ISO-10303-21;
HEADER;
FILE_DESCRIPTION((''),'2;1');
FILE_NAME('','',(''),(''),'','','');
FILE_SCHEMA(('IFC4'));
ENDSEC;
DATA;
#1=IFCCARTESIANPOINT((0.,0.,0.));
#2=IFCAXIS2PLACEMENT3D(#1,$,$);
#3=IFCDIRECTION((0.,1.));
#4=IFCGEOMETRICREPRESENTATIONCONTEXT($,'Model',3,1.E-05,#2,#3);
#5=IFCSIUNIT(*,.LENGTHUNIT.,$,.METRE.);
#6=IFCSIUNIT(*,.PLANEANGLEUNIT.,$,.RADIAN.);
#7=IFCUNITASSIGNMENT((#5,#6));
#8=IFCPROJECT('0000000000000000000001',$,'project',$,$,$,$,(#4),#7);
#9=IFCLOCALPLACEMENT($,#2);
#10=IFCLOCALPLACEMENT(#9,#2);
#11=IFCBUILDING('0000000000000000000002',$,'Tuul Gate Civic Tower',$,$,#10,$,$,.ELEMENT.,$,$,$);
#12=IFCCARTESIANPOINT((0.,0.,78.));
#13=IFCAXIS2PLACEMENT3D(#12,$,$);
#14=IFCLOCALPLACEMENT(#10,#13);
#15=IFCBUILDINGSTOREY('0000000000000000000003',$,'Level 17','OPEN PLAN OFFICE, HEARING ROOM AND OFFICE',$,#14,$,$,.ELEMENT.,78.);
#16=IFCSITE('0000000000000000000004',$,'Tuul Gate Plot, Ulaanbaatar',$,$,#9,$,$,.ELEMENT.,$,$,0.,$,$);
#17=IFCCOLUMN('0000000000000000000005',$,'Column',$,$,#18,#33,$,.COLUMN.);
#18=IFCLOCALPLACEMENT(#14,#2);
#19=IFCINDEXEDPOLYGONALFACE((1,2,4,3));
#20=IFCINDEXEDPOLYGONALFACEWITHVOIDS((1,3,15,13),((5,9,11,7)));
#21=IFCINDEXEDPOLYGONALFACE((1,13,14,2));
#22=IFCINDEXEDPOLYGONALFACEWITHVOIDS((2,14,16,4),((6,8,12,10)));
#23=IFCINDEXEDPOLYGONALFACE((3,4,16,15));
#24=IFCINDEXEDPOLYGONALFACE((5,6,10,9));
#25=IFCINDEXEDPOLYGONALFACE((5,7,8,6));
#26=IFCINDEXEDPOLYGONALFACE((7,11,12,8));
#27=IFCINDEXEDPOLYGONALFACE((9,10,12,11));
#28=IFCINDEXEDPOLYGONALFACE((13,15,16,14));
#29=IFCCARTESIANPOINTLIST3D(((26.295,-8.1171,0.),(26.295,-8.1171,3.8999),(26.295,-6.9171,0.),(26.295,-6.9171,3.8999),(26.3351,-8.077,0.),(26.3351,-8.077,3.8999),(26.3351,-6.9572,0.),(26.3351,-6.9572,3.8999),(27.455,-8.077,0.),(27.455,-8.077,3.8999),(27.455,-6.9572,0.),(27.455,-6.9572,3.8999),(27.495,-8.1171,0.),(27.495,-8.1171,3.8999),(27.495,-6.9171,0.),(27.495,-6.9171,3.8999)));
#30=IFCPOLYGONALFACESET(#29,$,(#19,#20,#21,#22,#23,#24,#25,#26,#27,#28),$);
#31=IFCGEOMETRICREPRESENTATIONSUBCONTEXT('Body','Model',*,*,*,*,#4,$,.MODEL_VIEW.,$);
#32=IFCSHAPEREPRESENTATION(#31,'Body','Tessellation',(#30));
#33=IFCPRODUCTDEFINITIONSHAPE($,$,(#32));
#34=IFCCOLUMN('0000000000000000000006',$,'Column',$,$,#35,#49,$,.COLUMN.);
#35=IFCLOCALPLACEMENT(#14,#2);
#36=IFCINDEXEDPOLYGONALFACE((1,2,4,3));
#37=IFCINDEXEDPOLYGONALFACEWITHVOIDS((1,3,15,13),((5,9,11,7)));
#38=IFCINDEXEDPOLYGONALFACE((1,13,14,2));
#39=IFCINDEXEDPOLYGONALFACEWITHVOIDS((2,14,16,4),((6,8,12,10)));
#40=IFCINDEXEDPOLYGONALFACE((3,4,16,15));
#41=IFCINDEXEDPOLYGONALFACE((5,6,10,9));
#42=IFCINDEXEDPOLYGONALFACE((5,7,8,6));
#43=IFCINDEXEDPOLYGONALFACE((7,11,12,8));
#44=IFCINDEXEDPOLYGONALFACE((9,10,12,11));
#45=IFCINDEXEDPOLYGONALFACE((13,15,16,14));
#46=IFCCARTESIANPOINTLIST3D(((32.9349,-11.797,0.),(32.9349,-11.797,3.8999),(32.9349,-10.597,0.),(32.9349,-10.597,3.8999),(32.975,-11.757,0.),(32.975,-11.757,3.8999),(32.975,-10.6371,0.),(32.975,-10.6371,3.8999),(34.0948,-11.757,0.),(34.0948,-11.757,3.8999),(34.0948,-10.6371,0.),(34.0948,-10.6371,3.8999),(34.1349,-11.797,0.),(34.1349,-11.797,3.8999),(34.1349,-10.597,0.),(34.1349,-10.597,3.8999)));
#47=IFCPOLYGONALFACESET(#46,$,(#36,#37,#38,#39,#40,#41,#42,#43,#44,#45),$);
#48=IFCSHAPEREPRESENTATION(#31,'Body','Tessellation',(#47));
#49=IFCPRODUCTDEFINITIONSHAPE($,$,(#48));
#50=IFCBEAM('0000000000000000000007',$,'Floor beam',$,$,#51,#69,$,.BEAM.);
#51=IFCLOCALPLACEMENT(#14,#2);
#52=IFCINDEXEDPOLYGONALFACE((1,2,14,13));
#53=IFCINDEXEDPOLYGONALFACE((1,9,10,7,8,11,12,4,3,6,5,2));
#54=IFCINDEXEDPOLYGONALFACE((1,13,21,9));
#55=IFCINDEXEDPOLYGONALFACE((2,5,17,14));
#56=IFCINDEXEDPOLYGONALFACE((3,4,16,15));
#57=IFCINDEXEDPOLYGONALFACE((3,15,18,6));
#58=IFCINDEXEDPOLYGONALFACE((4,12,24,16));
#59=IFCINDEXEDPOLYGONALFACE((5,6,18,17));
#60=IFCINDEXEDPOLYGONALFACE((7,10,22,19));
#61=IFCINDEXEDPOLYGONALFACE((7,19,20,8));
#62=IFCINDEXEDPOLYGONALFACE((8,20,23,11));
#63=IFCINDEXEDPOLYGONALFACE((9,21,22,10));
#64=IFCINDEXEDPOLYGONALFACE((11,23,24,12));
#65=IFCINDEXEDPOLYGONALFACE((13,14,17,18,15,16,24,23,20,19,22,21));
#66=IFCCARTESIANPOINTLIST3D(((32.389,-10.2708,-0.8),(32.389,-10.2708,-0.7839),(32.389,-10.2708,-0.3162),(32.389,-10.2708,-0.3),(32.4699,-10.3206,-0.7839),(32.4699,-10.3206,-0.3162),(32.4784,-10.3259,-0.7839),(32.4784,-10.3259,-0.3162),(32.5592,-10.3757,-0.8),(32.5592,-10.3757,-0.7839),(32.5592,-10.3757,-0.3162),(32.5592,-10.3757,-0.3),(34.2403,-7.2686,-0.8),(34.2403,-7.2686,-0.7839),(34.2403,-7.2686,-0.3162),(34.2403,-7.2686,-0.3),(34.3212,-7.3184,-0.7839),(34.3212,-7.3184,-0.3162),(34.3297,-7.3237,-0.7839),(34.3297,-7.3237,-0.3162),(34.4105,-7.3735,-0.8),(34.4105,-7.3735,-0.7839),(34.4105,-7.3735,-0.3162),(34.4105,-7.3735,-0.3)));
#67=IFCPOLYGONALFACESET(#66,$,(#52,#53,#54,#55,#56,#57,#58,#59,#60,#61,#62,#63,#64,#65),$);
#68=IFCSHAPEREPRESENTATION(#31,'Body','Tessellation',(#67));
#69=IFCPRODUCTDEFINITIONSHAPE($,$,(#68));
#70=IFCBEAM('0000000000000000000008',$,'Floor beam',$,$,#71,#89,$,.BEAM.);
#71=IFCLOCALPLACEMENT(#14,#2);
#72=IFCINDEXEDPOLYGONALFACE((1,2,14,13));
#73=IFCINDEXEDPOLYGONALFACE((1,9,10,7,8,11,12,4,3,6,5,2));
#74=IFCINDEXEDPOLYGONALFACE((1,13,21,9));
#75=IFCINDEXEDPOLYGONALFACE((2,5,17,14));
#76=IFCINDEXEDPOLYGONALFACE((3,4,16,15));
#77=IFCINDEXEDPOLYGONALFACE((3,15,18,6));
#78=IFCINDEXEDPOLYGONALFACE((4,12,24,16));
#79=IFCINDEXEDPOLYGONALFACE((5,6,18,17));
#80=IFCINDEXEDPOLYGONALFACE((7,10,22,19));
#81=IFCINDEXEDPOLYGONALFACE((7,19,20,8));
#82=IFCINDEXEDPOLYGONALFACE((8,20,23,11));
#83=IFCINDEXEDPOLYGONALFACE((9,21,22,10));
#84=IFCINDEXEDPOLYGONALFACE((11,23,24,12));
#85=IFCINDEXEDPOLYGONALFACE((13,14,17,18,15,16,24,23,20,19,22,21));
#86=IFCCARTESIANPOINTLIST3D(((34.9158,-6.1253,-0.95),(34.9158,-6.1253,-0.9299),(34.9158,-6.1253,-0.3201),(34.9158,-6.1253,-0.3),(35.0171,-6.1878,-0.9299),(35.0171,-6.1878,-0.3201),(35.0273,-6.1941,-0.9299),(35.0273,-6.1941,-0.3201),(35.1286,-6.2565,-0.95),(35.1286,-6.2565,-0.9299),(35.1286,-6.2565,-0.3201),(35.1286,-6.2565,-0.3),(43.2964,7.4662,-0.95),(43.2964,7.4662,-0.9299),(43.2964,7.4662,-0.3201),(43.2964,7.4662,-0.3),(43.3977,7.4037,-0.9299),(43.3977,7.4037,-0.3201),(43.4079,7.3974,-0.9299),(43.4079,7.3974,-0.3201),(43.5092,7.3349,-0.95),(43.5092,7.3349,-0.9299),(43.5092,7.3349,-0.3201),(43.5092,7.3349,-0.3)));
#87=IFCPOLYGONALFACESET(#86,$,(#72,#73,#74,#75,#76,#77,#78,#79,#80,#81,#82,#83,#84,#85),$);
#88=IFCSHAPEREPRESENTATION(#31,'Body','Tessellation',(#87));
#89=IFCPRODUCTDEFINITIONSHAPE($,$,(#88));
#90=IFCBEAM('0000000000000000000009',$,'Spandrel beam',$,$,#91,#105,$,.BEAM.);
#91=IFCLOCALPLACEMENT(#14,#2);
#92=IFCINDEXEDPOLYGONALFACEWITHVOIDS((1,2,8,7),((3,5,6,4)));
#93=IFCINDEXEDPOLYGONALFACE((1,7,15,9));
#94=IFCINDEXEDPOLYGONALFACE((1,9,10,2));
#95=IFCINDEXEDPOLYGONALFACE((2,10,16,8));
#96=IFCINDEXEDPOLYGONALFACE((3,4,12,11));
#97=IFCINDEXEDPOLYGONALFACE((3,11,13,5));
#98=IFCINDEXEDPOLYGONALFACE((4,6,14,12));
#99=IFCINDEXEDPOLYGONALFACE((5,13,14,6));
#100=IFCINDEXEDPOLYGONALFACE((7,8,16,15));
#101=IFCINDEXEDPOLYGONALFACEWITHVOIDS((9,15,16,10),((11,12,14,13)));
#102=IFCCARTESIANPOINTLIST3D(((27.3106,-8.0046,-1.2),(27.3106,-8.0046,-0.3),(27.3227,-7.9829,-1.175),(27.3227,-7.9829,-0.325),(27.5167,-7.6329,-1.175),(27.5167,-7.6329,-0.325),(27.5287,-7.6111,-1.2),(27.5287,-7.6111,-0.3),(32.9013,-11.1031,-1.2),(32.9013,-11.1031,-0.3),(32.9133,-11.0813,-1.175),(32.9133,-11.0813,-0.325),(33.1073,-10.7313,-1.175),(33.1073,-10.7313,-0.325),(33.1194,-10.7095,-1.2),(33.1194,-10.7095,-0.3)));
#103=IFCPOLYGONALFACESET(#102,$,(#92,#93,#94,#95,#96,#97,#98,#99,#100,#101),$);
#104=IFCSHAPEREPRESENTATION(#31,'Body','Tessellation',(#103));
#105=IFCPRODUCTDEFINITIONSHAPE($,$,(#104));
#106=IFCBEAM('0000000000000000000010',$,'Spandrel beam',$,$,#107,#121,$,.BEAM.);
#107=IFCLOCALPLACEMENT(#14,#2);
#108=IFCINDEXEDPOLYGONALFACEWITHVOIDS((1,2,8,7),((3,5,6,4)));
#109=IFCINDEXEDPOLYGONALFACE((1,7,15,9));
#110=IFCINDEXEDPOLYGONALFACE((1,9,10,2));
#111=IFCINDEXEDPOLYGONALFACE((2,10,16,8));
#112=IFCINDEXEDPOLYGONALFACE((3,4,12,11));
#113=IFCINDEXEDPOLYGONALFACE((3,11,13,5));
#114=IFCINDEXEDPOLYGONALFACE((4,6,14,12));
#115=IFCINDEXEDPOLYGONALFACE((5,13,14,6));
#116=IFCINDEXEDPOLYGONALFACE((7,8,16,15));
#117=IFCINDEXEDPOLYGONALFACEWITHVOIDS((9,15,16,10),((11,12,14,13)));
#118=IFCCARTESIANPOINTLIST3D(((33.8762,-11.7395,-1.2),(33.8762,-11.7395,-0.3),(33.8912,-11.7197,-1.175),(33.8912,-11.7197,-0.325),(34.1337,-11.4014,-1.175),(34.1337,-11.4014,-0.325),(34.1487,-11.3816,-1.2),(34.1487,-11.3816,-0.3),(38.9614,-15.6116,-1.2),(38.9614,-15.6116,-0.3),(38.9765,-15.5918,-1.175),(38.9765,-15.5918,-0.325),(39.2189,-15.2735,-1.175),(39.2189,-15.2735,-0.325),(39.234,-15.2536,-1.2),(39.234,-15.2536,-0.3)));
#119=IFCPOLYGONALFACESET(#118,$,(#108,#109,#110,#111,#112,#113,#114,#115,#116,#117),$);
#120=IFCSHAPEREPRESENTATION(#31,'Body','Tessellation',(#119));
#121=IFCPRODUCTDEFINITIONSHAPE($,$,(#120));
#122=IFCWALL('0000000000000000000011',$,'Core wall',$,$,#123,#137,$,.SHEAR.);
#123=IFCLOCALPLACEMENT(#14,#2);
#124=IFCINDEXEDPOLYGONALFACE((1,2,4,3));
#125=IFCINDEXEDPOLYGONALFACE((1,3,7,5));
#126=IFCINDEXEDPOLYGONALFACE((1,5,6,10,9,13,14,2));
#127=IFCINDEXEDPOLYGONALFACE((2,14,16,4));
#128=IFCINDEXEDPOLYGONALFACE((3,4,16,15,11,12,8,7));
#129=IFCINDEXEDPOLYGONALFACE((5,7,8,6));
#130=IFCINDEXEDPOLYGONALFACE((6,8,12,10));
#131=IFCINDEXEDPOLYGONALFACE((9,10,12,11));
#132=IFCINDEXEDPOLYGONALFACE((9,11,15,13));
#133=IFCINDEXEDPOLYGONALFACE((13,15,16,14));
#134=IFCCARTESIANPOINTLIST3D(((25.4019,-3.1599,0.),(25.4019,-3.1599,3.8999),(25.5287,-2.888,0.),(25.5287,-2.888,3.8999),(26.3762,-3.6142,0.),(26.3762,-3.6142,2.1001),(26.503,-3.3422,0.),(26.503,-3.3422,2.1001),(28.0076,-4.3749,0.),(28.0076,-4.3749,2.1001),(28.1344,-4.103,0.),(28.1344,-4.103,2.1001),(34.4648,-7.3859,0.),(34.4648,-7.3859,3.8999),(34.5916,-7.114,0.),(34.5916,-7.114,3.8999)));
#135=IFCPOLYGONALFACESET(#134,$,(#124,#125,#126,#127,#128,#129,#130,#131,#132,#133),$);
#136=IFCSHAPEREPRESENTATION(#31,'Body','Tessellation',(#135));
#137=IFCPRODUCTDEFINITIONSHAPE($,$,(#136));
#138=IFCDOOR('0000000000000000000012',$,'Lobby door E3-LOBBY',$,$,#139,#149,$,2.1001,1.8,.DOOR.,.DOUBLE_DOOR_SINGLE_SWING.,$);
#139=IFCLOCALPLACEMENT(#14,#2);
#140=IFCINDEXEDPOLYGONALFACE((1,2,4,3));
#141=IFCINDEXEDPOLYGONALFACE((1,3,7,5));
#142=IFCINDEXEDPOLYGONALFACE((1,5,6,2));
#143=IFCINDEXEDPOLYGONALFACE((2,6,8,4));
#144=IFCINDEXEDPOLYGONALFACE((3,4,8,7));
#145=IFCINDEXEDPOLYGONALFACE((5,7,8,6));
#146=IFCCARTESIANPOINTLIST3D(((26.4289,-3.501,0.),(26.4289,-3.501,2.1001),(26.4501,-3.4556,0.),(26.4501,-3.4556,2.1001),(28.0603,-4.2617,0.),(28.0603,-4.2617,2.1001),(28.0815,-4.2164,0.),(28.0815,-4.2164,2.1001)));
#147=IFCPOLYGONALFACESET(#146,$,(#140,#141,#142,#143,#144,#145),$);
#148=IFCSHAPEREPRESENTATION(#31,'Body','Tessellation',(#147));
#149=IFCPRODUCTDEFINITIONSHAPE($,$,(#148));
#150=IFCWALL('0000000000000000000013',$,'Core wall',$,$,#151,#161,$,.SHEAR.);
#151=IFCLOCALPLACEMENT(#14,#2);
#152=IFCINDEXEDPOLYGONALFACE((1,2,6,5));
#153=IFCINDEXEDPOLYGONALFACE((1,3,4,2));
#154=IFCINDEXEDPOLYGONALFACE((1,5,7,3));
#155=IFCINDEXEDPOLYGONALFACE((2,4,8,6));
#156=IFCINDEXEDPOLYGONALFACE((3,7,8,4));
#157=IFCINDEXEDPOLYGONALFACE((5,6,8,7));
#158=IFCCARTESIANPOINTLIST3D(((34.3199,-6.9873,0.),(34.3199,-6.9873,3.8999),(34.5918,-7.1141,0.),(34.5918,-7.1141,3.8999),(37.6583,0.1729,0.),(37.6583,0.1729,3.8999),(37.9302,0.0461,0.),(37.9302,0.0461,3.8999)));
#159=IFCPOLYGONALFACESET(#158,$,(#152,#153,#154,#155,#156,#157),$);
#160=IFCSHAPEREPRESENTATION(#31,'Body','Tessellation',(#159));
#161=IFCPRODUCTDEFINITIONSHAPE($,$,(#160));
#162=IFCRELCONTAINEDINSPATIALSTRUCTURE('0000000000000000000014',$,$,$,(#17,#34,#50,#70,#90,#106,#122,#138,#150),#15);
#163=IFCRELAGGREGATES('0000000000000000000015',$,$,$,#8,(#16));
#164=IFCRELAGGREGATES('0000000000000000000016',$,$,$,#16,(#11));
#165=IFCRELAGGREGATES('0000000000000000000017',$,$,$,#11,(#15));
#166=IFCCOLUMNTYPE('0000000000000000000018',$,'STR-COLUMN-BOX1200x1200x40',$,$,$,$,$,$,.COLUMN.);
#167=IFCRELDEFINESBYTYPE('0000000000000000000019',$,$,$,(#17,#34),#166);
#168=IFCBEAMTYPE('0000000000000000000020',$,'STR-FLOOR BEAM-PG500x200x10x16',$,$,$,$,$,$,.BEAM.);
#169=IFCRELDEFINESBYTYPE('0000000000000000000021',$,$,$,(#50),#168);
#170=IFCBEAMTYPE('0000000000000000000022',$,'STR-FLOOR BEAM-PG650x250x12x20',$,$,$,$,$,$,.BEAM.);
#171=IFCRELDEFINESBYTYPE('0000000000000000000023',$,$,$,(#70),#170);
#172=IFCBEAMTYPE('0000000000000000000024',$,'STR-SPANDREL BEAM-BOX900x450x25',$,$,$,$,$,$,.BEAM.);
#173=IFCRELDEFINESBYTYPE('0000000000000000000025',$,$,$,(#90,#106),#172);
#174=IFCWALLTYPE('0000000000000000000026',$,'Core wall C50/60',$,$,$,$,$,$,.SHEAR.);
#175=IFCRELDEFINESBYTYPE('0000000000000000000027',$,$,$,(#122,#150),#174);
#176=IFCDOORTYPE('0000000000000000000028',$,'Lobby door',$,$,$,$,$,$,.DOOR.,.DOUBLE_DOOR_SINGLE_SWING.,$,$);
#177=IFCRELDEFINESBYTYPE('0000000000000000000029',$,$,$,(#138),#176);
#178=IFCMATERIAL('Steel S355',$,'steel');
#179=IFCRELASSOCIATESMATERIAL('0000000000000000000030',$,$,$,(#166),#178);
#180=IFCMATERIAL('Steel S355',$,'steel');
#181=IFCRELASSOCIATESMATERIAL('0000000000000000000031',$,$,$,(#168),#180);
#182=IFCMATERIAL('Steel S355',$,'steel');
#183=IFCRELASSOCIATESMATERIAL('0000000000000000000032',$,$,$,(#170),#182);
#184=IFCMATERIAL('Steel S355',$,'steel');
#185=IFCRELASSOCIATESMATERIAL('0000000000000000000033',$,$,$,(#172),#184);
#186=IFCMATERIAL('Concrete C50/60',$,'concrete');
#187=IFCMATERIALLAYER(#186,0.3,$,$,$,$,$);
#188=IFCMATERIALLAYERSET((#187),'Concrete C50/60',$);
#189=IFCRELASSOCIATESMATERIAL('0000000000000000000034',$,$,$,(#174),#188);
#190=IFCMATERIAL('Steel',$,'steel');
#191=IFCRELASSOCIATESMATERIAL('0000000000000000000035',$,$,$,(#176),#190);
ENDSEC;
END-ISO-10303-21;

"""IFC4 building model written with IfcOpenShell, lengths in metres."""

from ifc_helpers import new_model, si_unit, direction, frame, frame_2d, origin, origin_2d, place, context, subcontext, project, spatial, rectangle, hollow_rectangle, i_section, extrude, material, layer, layer_set, material_profile, profile_set, type_object, element, fill, save


model = new_model("IFC4")

# Units and contexts
model_context = context("Model", 3, precision=1e-05, world=origin(), true_north=direction((0.0, 1.0)))
body_context = subcontext(model_context, "Body", "Model", "MODEL_VIEW")
ifc_project = project(units=[si_unit("LENGTHUNIT", "METRE"), si_unit("PLANEANGLEUNIT", "RADIAN")], contexts=[model_context])

# Site, building, storey
site_placement = place(None, origin())
site = spatial("IfcSite", under=ifc_project, at=site_placement, Name="Tuul Gate Plot, Ulaanbaatar", CompositionType="ELEMENT", RefElevation=0.0)
building_placement = place(site_placement, origin())
building = spatial("IfcBuilding", under=site, at=building_placement, Name="Tuul Gate Civic Tower", CompositionType="ELEMENT")
storey_placement = place(building_placement, frame((0.0, 0.0, 78.0)))
storey = spatial("IfcBuildingStorey", under=building, at=storey_placement, Name="Level 17", Description="OPEN PLAN OFFICE, HEARING ROOM AND OFFICE", CompositionType="ELEMENT", Elevation=78.0)

# Columns
ifc_material_1 = material(Name="Steel S355", Category="steel")
ifc_material_profile_1 = material_profile(ifc_material_1, hollow_rectangle(XDim=1.2, YDim=1.2, WallThickness=0.04, at=origin_2d()), Name="BOX1200x1200x40")
ifc_profile_set_1 = profile_set([ifc_material_profile_1], Name="Steel S355")
column_type = type_object("IfcColumnType", Name="STR-COLUMN-BOX1200x1200x40", PredefinedType="COLUMN", material=ifc_profile_set_1)
for number, where, z_axis, x_axis, name in (
    (1, (26.895, -7.5171, 0.0), (0.0, 0.0, 1.0), (1.0, 0.0, 0.0), "Column"),
    (2, (33.5349, -11.197, 0.0), (0.0, 0.0, 1.0), (1.0, 0.0, 0.0), "Column"),
):
    element("IfcColumn", number, at=place(storey_placement, frame(where, z_axis=z_axis, x_axis=x_axis)), inside=storey, type_object=column_type, Name=name, PredefinedType="COLUMN", context=body_context, shape_type="SweptSolid", body=[
        extrude(hollow_rectangle(XDim=1.2, YDim=1.2, WallThickness=0.04, at=origin_2d()), origin(), (0.0, 0.0, 1.0), 3.8999),
    ])

# Beams
ifc_material_2 = material(Name="Steel S355", Category="steel")
ifc_material_profile_2 = material_profile(ifc_material_2, i_section(OverallWidth=0.2, OverallDepth=0.5, WebThickness=0.01, FlangeThickness=0.0161, at=origin_2d()), Name="PG500x200x10x16")
ifc_profile_set_2 = profile_set([ifc_material_profile_2], Name="Steel S355")
beam_type_1 = type_object("IfcBeamType", Name="STR-FLOOR BEAM-PG500x200x10x16", PredefinedType="BEAM", material=ifc_profile_set_2)
beam_1_placement = place(storey_placement, frame((32.4741, -10.3232, -0.55), z_axis=(0.524881, 0.851176, 0.0), x_axis=(-0.851176, 0.524881, 0.0)))
element("IfcBeam", 3, at=beam_1_placement, inside=storey, type_object=beam_type_1, Name="Floor beam", PredefinedType="BEAM", context=body_context, shape_type="SweptSolid", body=[
    extrude(i_section(OverallWidth=0.2, OverallDepth=0.5, WebThickness=0.01, FlangeThickness=0.0161, at=origin_2d()), origin(), (0.0, 0.0, 1.0), 3.5271),
])
ifc_material_3 = material(Name="Steel S355", Category="steel")
ifc_material_profile_3 = material_profile(ifc_material_3, i_section(OverallWidth=0.25, OverallDepth=0.6499, WebThickness=0.012, FlangeThickness=0.02, at=origin_2d()), Name="PG650x250x12x20")
ifc_profile_set_3 = profile_set([ifc_material_profile_3], Name="Steel S355")
beam_type_2 = type_object("IfcBeamType", Name="STR-FLOOR BEAM-PG650x250x12x20", PredefinedType="BEAM", material=ifc_profile_set_3)
beam_2_placement = place(storey_placement, frame((35.0222, -6.1909, -0.625), z_axis=(0.52485, 0.851194, 0.0), x_axis=(-0.851194, 0.52485, 0.0)))
element("IfcBeam", 4, at=beam_2_placement, inside=storey, type_object=beam_type_2, Name="Floor beam", PredefinedType="BEAM", context=body_context, shape_type="SweptSolid", body=[
    extrude(i_section(OverallWidth=0.25, OverallDepth=0.6499, WebThickness=0.012, FlangeThickness=0.02, at=origin_2d()), origin(), (0.0, 0.0, 1.0), 15.9675),
])
ifc_material_4 = material(Name="Steel S355", Category="steel")
ifc_material_profile_4 = material_profile(ifc_material_4, hollow_rectangle(XDim=0.45, YDim=0.8999, WallThickness=0.0249, at=origin_2d()), Name="BOX900x450x25")
ifc_profile_set_4 = profile_set([ifc_material_profile_4], Name="Steel S355")
beam_type_3 = type_object("IfcBeamType", Name="STR-SPANDREL BEAM-BOX900x450x25", PredefinedType="BEAM", material=ifc_profile_set_4)
beam_3_placement = place(storey_placement, frame((27.4197, -7.8079, -0.75), z_axis=(0.874654, -0.484748, 0.0), x_axis=(0.484748, 0.874654, 0.0)))
element("IfcBeam", 5, at=beam_3_placement, inside=storey, type_object=beam_type_3, Name="Spandrel beam", PredefinedType="BEAM", context=body_context, shape_type="SweptSolid", body=[
    extrude(hollow_rectangle(XDim=0.45, YDim=0.8999, WallThickness=0.0249, at=origin_2d()), origin(), (0.0, 0.0, 1.0), 6.3918),
])
beam_4_placement = place(storey_placement, frame((34.0125, -11.5605, -0.75), z_axis=(0.795611, -0.605808, 0.0), x_axis=(0.605808, 0.795611, 0.0)))
element("IfcBeam", 6, at=beam_4_placement, inside=storey, type_object=beam_type_3, Name="Spandrel beam", PredefinedType="BEAM", context=body_context, shape_type="SweptSolid", body=[
    extrude(hollow_rectangle(XDim=0.45, YDim=0.8999, WallThickness=0.0249, at=origin_2d()), origin(), (0.0, 0.0, 1.0), 6.3916),
])

# Wall, opening, door
ifc_material_5 = material(Name="Concrete C50/60", Category="concrete")
ifc_layer_1 = layer(ifc_material_5, 0.3)
ifc_layer_set_1 = layer_set([ifc_layer_1], Name="Concrete C50/60")
wall_type_1 = type_object("IfcWallType", Name="Core wall C50/60", PredefinedType="SHEAR", material=ifc_layer_set_1)
wall_1_placement = place(storey_placement, frame((34.5283, -7.25, 0.0), z_axis=(0.0, 0.0, 1.0), x_axis=(-0.90631, 0.422613, 0.0)))
wall_1 = element("IfcWall", 7, at=wall_1_placement, inside=storey, type_object=wall_type_1, Name="Core wall", PredefinedType="SHEAR", context=body_context, shape_type="SweptSolid", body=[
    extrude(rectangle(XDim=9.9998, YDim=0.3, at=frame_2d((5.0, 0.0))), origin(), (0.0, 0.0, 1.0), 3.8999),
])
opening_1_placement = place(wall_1_placement, frame((7.125, 0.0, 0.0)))
opening_1 = element("IfcOpeningElement", 8, at=opening_1_placement, cuts=wall_1, PredefinedType="OPENING", context=body_context, shape_type="SweptSolid", body=[
    extrude(rectangle(XDim=1.8, YDim=2.1001, at=frame_2d((0.8999, 1.05))), frame((0.0, 0.1602, 0.0), z_axis=(0.0, -1.0, 0.0), x_axis=(1.0, 0.0, 0.0)), (0.0, 0.0, 1.0), 0.3201),
])
ifc_material_6 = material(Name="Steel", Category="steel")
door_type_1 = type_object("IfcDoorType", Name="Lobby door", OperationType="DOUBLE_DOOR_SINGLE_SWING", PredefinedType="DOOR", material=ifc_material_6)
door_1_placement = place(opening_1_placement, frame((1.8, 0.0, 0.0), z_axis=(0.0, 0.0, 1.0), x_axis=(-1.0, 0.0, 0.0)))
door_1 = element("IfcDoor", 9, at=door_1_placement, inside=storey, type_object=door_type_1, Name="Lobby door E3-LOBBY", OperationType="DOUBLE_DOOR_SINGLE_SWING", OverallHeight=2.1001, OverallWidth=1.8, PredefinedType="DOOR", context=body_context, shape_type="SweptSolid", body=[
    extrude(rectangle(XDim=1.8, YDim=2.1001, at=frame_2d((0.9001, 1.05))), frame((0.0, 0.0249, 0.0), z_axis=(0.0, -1.0, 0.0), x_axis=(1.0, 0.0, 0.0)), (0.0, 0.0, 1.0), 0.05),
])
fill(opening_1, door_1)

# Wall
wall_2_placement = place(storey_placement, frame((34.4558, -7.0508, 0.0), z_axis=(0.0, 0.0, 1.0), x_axis=(0.422571, 0.90633, 0.0)))
element("IfcWall", 10, at=wall_2_placement, inside=storey, type_object=wall_type_1, Name="Core wall", PredefinedType="SHEAR", context=body_context, shape_type="SweptSolid", body=[
    extrude(rectangle(XDim=7.9001, YDim=0.3, at=frame_2d((3.9502, 0.0))), origin(), (0.0, 0.0, 1.0), 3.8999),
])

save(model, "model.ifc")
